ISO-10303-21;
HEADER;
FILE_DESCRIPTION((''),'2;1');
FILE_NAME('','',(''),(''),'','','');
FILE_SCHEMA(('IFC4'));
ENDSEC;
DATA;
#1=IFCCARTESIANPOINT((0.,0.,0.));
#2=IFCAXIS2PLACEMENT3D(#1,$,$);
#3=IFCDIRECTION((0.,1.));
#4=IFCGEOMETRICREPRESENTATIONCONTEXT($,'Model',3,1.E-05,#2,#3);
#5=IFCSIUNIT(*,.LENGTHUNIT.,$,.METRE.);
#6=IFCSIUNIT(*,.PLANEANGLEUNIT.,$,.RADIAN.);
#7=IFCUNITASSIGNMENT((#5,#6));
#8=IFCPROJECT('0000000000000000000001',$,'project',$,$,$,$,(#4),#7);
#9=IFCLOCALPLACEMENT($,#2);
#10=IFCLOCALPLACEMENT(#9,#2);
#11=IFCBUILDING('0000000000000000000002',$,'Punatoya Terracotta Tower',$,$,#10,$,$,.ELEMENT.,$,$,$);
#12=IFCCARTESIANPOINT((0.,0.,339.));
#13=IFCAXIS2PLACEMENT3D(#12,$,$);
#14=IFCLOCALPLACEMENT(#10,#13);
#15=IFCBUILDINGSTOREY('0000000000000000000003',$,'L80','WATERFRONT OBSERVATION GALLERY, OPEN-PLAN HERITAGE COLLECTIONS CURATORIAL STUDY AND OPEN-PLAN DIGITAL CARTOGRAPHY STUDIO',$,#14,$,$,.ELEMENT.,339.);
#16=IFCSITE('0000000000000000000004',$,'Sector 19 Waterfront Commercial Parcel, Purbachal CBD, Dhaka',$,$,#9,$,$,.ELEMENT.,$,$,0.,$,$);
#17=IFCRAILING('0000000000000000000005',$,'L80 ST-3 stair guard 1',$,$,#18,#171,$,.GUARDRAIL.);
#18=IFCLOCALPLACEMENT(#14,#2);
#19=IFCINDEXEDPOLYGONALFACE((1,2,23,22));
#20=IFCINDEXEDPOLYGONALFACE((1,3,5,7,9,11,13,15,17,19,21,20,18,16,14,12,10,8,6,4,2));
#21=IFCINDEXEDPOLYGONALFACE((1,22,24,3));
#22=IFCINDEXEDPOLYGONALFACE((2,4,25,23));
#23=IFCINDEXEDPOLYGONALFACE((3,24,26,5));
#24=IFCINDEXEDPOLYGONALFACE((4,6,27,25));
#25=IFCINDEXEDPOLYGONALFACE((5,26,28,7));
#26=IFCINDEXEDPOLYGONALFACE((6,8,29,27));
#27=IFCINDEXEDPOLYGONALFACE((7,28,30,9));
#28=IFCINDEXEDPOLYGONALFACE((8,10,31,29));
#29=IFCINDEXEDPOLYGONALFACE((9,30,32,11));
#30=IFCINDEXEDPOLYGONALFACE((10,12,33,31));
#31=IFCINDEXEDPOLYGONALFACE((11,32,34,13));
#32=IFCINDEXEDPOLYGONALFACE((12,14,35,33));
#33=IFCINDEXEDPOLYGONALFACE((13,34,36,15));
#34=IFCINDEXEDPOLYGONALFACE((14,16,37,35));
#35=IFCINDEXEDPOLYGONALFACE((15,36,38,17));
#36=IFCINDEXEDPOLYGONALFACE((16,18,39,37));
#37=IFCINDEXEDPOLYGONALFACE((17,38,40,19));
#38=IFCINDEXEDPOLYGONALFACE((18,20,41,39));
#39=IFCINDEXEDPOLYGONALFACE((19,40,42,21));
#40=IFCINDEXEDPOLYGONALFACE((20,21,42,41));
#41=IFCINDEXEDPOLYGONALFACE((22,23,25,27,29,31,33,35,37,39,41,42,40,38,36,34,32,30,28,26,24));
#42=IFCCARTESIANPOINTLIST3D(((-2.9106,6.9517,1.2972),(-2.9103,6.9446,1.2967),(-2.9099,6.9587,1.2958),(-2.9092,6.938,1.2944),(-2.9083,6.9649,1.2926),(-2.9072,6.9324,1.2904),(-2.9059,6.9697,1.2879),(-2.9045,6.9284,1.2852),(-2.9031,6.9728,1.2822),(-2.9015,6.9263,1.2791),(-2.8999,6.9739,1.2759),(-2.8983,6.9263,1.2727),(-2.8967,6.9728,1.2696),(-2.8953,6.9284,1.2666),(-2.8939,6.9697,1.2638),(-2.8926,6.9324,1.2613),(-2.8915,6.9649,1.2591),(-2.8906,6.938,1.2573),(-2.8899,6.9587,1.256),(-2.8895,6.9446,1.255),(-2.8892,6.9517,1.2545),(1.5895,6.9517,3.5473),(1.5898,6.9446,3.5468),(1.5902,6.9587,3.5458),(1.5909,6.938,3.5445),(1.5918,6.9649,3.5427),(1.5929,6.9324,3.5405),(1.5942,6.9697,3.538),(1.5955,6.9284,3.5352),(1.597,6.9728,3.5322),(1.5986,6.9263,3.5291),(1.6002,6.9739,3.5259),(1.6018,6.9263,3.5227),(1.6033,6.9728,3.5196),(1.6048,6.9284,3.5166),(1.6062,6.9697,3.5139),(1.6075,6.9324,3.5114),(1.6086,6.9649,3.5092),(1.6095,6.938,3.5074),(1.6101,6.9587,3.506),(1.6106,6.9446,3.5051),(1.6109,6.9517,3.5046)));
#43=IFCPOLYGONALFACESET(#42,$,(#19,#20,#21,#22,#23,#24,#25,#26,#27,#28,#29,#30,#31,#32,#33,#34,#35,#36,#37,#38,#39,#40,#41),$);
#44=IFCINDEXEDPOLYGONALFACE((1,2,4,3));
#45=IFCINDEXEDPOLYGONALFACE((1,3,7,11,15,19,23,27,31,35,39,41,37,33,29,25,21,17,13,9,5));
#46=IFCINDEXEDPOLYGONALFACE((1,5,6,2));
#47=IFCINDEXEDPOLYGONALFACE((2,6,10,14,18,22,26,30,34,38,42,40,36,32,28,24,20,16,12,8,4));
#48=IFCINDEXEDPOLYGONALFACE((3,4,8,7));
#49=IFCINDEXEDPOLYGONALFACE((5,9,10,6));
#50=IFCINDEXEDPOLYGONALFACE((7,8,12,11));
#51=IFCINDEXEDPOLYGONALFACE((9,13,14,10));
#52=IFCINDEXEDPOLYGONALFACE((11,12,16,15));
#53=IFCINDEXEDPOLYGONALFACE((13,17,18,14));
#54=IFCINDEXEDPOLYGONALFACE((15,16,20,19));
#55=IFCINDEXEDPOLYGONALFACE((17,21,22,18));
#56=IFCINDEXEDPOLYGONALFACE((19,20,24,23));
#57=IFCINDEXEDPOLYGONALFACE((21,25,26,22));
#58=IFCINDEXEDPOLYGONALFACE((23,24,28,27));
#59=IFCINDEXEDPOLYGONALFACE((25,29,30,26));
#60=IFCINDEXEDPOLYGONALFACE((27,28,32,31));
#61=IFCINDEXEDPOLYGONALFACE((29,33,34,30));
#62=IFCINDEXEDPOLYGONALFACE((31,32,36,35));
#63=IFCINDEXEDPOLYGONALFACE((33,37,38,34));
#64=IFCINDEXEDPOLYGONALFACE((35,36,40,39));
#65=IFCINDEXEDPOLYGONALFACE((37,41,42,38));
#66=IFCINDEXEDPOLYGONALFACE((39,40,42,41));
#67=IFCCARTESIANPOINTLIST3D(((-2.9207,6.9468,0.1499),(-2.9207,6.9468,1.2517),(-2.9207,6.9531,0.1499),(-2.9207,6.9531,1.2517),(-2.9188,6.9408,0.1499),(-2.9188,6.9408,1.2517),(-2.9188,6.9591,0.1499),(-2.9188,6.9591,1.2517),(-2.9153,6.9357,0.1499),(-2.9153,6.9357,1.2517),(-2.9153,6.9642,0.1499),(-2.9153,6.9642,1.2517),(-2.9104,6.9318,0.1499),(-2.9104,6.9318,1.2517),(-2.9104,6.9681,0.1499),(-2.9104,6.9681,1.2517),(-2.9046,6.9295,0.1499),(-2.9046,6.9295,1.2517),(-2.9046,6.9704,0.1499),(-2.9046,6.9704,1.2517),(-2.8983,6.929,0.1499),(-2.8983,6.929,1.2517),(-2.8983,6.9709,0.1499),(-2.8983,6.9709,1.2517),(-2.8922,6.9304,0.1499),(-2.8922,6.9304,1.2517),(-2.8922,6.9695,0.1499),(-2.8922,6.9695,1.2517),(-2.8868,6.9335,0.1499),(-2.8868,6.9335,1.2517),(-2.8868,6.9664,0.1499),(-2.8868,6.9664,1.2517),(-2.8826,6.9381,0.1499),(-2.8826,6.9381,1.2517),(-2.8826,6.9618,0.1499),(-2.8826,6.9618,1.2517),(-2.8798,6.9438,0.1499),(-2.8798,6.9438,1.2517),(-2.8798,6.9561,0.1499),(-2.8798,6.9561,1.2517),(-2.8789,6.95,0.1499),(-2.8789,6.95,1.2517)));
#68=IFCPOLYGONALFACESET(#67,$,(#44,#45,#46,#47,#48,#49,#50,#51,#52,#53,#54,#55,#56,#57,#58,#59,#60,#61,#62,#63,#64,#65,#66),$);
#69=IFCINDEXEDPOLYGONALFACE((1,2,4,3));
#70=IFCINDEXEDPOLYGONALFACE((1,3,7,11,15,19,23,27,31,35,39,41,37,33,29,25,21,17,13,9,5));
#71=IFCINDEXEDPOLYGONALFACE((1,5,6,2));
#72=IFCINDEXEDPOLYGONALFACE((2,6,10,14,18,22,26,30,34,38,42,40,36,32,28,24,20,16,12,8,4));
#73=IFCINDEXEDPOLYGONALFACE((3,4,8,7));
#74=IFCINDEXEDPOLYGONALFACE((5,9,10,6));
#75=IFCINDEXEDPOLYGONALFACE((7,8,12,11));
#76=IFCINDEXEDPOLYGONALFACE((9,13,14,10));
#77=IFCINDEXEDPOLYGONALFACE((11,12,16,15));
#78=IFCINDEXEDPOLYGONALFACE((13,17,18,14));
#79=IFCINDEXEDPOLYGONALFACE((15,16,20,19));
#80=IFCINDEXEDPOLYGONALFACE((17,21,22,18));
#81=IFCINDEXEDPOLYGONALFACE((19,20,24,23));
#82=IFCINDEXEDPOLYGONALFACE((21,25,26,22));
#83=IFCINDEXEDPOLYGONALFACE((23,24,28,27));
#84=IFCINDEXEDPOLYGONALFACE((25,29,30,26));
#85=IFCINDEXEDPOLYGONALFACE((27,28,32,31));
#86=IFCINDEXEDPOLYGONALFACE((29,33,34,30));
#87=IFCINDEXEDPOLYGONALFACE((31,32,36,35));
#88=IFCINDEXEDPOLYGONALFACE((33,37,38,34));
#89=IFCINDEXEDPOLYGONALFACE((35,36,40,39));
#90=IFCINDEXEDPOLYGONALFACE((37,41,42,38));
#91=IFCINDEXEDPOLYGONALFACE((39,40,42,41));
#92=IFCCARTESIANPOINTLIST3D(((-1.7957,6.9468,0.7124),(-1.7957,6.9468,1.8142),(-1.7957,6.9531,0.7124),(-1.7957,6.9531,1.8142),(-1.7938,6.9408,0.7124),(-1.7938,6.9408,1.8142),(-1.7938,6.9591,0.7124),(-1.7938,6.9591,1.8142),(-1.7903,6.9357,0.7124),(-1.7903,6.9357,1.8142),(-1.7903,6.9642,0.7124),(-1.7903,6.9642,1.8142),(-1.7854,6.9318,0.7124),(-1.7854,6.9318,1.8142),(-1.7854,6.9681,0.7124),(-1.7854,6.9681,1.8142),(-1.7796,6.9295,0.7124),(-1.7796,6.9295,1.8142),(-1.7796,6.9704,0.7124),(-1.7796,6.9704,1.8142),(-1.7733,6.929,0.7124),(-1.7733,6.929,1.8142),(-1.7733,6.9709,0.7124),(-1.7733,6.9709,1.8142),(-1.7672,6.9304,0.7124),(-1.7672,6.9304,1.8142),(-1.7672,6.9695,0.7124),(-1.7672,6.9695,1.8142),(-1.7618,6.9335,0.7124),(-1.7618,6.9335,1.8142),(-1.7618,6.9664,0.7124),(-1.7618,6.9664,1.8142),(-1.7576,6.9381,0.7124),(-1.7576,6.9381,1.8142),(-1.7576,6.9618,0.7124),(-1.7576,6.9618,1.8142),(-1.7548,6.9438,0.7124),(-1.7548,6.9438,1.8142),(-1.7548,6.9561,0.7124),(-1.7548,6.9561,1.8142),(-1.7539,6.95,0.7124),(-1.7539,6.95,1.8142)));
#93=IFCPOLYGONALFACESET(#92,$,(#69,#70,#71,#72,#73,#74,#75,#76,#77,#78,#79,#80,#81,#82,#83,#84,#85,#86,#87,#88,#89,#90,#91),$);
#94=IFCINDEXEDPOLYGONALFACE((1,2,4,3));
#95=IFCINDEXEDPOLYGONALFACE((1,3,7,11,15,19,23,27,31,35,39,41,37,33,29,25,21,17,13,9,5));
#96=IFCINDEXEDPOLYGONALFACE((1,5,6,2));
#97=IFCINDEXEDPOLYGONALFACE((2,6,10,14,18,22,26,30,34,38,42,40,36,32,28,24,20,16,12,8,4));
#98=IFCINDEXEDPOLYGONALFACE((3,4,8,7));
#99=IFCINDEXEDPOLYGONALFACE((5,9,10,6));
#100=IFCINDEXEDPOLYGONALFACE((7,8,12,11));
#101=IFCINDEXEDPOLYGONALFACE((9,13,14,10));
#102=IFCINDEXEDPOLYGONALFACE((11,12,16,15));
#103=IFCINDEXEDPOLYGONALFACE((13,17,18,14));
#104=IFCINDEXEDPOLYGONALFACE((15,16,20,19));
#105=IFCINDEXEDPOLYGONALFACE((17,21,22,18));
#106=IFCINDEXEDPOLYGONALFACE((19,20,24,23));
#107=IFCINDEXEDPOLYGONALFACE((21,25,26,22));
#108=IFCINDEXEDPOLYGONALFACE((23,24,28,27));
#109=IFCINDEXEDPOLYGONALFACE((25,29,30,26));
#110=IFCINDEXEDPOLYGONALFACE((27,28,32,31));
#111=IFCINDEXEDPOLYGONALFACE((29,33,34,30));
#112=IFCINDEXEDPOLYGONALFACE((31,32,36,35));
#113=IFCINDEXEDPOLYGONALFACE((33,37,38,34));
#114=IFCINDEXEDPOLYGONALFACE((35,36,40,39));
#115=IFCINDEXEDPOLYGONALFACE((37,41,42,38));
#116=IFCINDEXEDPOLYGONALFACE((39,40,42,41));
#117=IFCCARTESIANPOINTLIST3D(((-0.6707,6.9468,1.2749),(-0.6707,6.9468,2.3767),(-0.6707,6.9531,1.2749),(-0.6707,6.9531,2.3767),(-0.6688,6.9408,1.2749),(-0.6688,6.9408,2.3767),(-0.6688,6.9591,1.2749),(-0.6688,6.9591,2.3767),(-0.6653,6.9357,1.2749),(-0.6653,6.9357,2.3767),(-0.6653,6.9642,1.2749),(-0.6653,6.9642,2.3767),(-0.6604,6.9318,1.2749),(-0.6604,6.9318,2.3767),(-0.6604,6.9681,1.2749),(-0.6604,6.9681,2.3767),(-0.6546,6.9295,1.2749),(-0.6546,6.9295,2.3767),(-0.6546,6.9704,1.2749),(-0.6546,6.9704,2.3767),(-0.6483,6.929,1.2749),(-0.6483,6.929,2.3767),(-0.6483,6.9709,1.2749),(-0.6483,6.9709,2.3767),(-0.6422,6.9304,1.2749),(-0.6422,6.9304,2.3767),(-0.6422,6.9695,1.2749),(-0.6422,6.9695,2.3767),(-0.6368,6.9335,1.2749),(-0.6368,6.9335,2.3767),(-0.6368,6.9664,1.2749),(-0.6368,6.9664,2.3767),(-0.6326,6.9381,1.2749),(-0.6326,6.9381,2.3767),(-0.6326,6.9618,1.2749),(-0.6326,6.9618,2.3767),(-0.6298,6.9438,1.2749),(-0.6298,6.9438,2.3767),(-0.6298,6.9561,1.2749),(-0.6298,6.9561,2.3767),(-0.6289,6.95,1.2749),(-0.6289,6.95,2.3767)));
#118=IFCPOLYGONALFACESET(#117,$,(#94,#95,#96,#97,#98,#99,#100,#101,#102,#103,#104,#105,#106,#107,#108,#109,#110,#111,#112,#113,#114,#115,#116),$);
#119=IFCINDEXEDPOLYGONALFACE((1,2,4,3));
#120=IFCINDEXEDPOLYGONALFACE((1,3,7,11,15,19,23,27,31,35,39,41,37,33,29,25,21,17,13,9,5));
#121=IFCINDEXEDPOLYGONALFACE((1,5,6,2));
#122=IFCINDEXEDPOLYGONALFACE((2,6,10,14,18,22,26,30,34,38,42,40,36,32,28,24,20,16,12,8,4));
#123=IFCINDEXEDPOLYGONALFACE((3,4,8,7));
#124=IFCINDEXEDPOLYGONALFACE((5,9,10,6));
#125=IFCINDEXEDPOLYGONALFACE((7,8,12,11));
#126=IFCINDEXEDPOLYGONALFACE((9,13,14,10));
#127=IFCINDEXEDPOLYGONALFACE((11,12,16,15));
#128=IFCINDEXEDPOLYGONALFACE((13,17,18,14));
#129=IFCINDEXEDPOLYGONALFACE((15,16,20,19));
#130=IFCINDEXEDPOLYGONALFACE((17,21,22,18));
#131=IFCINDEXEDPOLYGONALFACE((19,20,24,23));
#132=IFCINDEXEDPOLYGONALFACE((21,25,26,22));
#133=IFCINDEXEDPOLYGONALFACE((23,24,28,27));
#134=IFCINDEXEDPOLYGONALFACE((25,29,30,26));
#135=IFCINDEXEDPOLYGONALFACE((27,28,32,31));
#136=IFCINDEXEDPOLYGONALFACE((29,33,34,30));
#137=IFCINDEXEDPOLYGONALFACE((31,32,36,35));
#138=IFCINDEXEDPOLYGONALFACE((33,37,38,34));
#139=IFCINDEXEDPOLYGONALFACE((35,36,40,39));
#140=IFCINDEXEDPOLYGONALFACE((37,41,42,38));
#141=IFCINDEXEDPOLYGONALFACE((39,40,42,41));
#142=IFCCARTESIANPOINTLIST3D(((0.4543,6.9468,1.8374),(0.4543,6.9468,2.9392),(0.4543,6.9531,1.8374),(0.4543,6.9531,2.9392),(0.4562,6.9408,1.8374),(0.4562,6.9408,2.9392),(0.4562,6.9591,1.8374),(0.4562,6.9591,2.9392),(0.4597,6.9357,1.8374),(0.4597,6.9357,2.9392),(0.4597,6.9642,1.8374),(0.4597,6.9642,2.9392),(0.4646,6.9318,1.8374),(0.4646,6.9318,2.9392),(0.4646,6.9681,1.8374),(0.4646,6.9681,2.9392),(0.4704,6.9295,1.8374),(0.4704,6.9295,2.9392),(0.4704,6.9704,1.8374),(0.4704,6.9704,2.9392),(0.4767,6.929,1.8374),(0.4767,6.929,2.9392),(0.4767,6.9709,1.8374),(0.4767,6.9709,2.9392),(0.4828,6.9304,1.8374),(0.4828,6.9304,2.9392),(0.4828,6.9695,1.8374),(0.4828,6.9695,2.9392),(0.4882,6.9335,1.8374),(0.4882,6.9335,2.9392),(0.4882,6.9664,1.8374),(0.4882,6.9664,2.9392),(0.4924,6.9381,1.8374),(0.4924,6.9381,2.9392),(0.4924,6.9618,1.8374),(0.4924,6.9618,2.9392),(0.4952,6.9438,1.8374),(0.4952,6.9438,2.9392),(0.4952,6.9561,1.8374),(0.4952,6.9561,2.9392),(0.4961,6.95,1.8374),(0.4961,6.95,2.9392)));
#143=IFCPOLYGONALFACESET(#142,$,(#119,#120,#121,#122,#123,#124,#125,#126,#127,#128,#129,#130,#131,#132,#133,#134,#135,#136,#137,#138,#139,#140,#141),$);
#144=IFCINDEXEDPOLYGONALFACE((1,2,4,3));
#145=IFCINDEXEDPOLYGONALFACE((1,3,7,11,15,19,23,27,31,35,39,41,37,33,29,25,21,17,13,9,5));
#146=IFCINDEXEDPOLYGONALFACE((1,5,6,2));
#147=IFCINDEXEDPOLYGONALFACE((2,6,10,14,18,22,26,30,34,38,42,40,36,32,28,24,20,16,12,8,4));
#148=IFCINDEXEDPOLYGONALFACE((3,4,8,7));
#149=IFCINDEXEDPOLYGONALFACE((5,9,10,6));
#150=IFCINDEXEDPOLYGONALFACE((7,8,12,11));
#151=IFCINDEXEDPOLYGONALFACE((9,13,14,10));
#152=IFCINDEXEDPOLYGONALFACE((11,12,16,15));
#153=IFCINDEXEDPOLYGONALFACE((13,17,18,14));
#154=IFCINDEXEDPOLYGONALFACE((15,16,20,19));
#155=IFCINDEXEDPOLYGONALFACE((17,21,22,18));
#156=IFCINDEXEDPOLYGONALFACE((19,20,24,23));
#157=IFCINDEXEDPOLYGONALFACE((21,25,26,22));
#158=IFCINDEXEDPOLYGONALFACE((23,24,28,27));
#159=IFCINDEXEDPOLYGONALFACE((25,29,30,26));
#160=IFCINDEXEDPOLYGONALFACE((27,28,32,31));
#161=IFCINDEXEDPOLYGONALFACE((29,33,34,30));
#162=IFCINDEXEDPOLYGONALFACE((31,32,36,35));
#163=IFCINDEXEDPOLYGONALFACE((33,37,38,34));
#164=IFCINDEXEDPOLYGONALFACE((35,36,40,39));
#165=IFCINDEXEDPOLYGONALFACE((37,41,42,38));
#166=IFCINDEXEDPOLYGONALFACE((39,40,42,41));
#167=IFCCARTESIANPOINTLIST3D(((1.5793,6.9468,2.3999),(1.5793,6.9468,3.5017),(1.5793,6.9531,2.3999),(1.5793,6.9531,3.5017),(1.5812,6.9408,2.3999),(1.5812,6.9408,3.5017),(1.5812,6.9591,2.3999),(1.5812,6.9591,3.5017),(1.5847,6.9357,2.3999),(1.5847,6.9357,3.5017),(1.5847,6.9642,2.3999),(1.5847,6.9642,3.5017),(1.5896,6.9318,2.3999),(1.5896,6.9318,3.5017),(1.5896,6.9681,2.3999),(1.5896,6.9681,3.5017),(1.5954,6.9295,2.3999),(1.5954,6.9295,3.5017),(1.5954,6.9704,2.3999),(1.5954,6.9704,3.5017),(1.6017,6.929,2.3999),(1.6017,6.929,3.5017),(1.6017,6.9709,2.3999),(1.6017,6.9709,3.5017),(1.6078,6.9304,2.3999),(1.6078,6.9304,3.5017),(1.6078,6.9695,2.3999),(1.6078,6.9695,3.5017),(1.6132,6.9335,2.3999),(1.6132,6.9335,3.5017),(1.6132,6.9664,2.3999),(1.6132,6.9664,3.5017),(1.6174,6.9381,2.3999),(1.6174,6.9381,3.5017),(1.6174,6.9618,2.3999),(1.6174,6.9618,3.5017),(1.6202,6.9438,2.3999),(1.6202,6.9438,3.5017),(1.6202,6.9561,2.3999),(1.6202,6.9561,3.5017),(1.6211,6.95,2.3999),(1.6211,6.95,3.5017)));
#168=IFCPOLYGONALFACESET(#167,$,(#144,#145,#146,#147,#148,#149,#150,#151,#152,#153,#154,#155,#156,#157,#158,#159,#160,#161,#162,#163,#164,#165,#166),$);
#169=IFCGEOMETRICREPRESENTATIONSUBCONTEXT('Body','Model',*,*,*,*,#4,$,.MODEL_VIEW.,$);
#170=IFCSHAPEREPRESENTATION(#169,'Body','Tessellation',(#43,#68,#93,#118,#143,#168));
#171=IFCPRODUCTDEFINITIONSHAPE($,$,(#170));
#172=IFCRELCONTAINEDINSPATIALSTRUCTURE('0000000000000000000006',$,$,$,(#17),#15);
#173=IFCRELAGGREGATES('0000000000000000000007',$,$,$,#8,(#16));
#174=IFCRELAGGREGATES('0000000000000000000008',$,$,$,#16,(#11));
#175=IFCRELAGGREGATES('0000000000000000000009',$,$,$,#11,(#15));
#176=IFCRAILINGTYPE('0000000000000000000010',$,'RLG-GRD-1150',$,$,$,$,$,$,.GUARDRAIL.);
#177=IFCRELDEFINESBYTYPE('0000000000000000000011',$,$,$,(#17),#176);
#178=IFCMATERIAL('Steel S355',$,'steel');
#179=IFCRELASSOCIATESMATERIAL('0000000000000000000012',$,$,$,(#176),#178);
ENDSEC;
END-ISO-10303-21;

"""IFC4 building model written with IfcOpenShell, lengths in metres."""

from ifc_helpers import new_model, si_unit, direction, frame, origin, origin_2d, place, context, subcontext, project, spatial, circle, extrude, material, type_object, element, save


model = new_model("IFC4")

# Units and contexts
model_context = context("Model", 3, precision=1e-05, world=origin(), true_north=direction((0.0, 1.0)))
body_context = subcontext(model_context, "Body", "Model", "MODEL_VIEW")
ifc_project = project(units=[si_unit("LENGTHUNIT", "METRE"), si_unit("PLANEANGLEUNIT", "RADIAN")], contexts=[model_context])

# Site, building, storey
site_placement = place(None, origin())
site = spatial("IfcSite", under=ifc_project, at=site_placement, Name="Sector 19 Waterfront Commercial Parcel, Purbachal CBD, Dhaka", CompositionType="ELEMENT", RefElevation=0.0)
building_placement = place(site_placement, origin())
building = spatial("IfcBuilding", under=site, at=building_placement, Name="Punatoya Terracotta Tower", CompositionType="ELEMENT")
storey_placement = place(building_placement, frame((0.0, 0.0, 339.0)))
storey = spatial("IfcBuildingStorey", under=building, at=storey_placement, Name="L80", Description="WATERFRONT OBSERVATION GALLERY, OPEN-PLAN HERITAGE COLLECTIONS CURATORIAL STUDY AND OPEN-PLAN DIGITAL CARTOGRAPHY STUDIO", CompositionType="ELEMENT", Elevation=339.0)

# Shared definitions
ifc_material_1 = material(Name="Steel S355", Category="steel")

# Railing
railing_type_1 = type_object("IfcRailingType", Name="RLG-GRD-1150", PredefinedType="GUARDRAIL", material=ifc_material_1)
railing_1_placement = place(storey_placement, frame((-2.8999, 6.95, 0.1499)))
element("IfcRailing", 1, at=railing_1_placement, inside=storey, type_object=railing_type_1, Name="L80 ST-3 stair guard 1", PredefinedType="GUARDRAIL", context=body_context, shape_type="SweptSolid", body=[
    extrude(circle(Radius=0.0239, at=origin_2d()), frame((0.0, 0.0, 1.126), z_axis=(0.894427, 0.0, 0.447214), x_axis=(0.0, 1.0, 0.0)), (0.0, 0.0, 1.0), 5.0312),
    extrude(circle(Radius=0.021, at=origin_2d()), origin(), (0.0, 0.0, 1.0), 1.1018),
    extrude(circle(Radius=0.021, at=origin_2d()), frame((1.125, 0.0, 0.5625)), (0.0, 0.0, 1.0), 1.1018),
    extrude(circle(Radius=0.021, at=origin_2d()), frame((2.25, 0.0, 1.125)), (0.0, 0.0, 1.0), 1.1018),
    extrude(circle(Radius=0.021, at=origin_2d()), frame((3.375, 0.0, 1.6875)), (0.0, 0.0, 1.0), 1.1018),
    extrude(circle(Radius=0.021, at=origin_2d()), frame((4.5, 0.0, 2.25)), (0.0, 0.0, 1.0), 1.1018),
])

save(model, "model.ifc")
